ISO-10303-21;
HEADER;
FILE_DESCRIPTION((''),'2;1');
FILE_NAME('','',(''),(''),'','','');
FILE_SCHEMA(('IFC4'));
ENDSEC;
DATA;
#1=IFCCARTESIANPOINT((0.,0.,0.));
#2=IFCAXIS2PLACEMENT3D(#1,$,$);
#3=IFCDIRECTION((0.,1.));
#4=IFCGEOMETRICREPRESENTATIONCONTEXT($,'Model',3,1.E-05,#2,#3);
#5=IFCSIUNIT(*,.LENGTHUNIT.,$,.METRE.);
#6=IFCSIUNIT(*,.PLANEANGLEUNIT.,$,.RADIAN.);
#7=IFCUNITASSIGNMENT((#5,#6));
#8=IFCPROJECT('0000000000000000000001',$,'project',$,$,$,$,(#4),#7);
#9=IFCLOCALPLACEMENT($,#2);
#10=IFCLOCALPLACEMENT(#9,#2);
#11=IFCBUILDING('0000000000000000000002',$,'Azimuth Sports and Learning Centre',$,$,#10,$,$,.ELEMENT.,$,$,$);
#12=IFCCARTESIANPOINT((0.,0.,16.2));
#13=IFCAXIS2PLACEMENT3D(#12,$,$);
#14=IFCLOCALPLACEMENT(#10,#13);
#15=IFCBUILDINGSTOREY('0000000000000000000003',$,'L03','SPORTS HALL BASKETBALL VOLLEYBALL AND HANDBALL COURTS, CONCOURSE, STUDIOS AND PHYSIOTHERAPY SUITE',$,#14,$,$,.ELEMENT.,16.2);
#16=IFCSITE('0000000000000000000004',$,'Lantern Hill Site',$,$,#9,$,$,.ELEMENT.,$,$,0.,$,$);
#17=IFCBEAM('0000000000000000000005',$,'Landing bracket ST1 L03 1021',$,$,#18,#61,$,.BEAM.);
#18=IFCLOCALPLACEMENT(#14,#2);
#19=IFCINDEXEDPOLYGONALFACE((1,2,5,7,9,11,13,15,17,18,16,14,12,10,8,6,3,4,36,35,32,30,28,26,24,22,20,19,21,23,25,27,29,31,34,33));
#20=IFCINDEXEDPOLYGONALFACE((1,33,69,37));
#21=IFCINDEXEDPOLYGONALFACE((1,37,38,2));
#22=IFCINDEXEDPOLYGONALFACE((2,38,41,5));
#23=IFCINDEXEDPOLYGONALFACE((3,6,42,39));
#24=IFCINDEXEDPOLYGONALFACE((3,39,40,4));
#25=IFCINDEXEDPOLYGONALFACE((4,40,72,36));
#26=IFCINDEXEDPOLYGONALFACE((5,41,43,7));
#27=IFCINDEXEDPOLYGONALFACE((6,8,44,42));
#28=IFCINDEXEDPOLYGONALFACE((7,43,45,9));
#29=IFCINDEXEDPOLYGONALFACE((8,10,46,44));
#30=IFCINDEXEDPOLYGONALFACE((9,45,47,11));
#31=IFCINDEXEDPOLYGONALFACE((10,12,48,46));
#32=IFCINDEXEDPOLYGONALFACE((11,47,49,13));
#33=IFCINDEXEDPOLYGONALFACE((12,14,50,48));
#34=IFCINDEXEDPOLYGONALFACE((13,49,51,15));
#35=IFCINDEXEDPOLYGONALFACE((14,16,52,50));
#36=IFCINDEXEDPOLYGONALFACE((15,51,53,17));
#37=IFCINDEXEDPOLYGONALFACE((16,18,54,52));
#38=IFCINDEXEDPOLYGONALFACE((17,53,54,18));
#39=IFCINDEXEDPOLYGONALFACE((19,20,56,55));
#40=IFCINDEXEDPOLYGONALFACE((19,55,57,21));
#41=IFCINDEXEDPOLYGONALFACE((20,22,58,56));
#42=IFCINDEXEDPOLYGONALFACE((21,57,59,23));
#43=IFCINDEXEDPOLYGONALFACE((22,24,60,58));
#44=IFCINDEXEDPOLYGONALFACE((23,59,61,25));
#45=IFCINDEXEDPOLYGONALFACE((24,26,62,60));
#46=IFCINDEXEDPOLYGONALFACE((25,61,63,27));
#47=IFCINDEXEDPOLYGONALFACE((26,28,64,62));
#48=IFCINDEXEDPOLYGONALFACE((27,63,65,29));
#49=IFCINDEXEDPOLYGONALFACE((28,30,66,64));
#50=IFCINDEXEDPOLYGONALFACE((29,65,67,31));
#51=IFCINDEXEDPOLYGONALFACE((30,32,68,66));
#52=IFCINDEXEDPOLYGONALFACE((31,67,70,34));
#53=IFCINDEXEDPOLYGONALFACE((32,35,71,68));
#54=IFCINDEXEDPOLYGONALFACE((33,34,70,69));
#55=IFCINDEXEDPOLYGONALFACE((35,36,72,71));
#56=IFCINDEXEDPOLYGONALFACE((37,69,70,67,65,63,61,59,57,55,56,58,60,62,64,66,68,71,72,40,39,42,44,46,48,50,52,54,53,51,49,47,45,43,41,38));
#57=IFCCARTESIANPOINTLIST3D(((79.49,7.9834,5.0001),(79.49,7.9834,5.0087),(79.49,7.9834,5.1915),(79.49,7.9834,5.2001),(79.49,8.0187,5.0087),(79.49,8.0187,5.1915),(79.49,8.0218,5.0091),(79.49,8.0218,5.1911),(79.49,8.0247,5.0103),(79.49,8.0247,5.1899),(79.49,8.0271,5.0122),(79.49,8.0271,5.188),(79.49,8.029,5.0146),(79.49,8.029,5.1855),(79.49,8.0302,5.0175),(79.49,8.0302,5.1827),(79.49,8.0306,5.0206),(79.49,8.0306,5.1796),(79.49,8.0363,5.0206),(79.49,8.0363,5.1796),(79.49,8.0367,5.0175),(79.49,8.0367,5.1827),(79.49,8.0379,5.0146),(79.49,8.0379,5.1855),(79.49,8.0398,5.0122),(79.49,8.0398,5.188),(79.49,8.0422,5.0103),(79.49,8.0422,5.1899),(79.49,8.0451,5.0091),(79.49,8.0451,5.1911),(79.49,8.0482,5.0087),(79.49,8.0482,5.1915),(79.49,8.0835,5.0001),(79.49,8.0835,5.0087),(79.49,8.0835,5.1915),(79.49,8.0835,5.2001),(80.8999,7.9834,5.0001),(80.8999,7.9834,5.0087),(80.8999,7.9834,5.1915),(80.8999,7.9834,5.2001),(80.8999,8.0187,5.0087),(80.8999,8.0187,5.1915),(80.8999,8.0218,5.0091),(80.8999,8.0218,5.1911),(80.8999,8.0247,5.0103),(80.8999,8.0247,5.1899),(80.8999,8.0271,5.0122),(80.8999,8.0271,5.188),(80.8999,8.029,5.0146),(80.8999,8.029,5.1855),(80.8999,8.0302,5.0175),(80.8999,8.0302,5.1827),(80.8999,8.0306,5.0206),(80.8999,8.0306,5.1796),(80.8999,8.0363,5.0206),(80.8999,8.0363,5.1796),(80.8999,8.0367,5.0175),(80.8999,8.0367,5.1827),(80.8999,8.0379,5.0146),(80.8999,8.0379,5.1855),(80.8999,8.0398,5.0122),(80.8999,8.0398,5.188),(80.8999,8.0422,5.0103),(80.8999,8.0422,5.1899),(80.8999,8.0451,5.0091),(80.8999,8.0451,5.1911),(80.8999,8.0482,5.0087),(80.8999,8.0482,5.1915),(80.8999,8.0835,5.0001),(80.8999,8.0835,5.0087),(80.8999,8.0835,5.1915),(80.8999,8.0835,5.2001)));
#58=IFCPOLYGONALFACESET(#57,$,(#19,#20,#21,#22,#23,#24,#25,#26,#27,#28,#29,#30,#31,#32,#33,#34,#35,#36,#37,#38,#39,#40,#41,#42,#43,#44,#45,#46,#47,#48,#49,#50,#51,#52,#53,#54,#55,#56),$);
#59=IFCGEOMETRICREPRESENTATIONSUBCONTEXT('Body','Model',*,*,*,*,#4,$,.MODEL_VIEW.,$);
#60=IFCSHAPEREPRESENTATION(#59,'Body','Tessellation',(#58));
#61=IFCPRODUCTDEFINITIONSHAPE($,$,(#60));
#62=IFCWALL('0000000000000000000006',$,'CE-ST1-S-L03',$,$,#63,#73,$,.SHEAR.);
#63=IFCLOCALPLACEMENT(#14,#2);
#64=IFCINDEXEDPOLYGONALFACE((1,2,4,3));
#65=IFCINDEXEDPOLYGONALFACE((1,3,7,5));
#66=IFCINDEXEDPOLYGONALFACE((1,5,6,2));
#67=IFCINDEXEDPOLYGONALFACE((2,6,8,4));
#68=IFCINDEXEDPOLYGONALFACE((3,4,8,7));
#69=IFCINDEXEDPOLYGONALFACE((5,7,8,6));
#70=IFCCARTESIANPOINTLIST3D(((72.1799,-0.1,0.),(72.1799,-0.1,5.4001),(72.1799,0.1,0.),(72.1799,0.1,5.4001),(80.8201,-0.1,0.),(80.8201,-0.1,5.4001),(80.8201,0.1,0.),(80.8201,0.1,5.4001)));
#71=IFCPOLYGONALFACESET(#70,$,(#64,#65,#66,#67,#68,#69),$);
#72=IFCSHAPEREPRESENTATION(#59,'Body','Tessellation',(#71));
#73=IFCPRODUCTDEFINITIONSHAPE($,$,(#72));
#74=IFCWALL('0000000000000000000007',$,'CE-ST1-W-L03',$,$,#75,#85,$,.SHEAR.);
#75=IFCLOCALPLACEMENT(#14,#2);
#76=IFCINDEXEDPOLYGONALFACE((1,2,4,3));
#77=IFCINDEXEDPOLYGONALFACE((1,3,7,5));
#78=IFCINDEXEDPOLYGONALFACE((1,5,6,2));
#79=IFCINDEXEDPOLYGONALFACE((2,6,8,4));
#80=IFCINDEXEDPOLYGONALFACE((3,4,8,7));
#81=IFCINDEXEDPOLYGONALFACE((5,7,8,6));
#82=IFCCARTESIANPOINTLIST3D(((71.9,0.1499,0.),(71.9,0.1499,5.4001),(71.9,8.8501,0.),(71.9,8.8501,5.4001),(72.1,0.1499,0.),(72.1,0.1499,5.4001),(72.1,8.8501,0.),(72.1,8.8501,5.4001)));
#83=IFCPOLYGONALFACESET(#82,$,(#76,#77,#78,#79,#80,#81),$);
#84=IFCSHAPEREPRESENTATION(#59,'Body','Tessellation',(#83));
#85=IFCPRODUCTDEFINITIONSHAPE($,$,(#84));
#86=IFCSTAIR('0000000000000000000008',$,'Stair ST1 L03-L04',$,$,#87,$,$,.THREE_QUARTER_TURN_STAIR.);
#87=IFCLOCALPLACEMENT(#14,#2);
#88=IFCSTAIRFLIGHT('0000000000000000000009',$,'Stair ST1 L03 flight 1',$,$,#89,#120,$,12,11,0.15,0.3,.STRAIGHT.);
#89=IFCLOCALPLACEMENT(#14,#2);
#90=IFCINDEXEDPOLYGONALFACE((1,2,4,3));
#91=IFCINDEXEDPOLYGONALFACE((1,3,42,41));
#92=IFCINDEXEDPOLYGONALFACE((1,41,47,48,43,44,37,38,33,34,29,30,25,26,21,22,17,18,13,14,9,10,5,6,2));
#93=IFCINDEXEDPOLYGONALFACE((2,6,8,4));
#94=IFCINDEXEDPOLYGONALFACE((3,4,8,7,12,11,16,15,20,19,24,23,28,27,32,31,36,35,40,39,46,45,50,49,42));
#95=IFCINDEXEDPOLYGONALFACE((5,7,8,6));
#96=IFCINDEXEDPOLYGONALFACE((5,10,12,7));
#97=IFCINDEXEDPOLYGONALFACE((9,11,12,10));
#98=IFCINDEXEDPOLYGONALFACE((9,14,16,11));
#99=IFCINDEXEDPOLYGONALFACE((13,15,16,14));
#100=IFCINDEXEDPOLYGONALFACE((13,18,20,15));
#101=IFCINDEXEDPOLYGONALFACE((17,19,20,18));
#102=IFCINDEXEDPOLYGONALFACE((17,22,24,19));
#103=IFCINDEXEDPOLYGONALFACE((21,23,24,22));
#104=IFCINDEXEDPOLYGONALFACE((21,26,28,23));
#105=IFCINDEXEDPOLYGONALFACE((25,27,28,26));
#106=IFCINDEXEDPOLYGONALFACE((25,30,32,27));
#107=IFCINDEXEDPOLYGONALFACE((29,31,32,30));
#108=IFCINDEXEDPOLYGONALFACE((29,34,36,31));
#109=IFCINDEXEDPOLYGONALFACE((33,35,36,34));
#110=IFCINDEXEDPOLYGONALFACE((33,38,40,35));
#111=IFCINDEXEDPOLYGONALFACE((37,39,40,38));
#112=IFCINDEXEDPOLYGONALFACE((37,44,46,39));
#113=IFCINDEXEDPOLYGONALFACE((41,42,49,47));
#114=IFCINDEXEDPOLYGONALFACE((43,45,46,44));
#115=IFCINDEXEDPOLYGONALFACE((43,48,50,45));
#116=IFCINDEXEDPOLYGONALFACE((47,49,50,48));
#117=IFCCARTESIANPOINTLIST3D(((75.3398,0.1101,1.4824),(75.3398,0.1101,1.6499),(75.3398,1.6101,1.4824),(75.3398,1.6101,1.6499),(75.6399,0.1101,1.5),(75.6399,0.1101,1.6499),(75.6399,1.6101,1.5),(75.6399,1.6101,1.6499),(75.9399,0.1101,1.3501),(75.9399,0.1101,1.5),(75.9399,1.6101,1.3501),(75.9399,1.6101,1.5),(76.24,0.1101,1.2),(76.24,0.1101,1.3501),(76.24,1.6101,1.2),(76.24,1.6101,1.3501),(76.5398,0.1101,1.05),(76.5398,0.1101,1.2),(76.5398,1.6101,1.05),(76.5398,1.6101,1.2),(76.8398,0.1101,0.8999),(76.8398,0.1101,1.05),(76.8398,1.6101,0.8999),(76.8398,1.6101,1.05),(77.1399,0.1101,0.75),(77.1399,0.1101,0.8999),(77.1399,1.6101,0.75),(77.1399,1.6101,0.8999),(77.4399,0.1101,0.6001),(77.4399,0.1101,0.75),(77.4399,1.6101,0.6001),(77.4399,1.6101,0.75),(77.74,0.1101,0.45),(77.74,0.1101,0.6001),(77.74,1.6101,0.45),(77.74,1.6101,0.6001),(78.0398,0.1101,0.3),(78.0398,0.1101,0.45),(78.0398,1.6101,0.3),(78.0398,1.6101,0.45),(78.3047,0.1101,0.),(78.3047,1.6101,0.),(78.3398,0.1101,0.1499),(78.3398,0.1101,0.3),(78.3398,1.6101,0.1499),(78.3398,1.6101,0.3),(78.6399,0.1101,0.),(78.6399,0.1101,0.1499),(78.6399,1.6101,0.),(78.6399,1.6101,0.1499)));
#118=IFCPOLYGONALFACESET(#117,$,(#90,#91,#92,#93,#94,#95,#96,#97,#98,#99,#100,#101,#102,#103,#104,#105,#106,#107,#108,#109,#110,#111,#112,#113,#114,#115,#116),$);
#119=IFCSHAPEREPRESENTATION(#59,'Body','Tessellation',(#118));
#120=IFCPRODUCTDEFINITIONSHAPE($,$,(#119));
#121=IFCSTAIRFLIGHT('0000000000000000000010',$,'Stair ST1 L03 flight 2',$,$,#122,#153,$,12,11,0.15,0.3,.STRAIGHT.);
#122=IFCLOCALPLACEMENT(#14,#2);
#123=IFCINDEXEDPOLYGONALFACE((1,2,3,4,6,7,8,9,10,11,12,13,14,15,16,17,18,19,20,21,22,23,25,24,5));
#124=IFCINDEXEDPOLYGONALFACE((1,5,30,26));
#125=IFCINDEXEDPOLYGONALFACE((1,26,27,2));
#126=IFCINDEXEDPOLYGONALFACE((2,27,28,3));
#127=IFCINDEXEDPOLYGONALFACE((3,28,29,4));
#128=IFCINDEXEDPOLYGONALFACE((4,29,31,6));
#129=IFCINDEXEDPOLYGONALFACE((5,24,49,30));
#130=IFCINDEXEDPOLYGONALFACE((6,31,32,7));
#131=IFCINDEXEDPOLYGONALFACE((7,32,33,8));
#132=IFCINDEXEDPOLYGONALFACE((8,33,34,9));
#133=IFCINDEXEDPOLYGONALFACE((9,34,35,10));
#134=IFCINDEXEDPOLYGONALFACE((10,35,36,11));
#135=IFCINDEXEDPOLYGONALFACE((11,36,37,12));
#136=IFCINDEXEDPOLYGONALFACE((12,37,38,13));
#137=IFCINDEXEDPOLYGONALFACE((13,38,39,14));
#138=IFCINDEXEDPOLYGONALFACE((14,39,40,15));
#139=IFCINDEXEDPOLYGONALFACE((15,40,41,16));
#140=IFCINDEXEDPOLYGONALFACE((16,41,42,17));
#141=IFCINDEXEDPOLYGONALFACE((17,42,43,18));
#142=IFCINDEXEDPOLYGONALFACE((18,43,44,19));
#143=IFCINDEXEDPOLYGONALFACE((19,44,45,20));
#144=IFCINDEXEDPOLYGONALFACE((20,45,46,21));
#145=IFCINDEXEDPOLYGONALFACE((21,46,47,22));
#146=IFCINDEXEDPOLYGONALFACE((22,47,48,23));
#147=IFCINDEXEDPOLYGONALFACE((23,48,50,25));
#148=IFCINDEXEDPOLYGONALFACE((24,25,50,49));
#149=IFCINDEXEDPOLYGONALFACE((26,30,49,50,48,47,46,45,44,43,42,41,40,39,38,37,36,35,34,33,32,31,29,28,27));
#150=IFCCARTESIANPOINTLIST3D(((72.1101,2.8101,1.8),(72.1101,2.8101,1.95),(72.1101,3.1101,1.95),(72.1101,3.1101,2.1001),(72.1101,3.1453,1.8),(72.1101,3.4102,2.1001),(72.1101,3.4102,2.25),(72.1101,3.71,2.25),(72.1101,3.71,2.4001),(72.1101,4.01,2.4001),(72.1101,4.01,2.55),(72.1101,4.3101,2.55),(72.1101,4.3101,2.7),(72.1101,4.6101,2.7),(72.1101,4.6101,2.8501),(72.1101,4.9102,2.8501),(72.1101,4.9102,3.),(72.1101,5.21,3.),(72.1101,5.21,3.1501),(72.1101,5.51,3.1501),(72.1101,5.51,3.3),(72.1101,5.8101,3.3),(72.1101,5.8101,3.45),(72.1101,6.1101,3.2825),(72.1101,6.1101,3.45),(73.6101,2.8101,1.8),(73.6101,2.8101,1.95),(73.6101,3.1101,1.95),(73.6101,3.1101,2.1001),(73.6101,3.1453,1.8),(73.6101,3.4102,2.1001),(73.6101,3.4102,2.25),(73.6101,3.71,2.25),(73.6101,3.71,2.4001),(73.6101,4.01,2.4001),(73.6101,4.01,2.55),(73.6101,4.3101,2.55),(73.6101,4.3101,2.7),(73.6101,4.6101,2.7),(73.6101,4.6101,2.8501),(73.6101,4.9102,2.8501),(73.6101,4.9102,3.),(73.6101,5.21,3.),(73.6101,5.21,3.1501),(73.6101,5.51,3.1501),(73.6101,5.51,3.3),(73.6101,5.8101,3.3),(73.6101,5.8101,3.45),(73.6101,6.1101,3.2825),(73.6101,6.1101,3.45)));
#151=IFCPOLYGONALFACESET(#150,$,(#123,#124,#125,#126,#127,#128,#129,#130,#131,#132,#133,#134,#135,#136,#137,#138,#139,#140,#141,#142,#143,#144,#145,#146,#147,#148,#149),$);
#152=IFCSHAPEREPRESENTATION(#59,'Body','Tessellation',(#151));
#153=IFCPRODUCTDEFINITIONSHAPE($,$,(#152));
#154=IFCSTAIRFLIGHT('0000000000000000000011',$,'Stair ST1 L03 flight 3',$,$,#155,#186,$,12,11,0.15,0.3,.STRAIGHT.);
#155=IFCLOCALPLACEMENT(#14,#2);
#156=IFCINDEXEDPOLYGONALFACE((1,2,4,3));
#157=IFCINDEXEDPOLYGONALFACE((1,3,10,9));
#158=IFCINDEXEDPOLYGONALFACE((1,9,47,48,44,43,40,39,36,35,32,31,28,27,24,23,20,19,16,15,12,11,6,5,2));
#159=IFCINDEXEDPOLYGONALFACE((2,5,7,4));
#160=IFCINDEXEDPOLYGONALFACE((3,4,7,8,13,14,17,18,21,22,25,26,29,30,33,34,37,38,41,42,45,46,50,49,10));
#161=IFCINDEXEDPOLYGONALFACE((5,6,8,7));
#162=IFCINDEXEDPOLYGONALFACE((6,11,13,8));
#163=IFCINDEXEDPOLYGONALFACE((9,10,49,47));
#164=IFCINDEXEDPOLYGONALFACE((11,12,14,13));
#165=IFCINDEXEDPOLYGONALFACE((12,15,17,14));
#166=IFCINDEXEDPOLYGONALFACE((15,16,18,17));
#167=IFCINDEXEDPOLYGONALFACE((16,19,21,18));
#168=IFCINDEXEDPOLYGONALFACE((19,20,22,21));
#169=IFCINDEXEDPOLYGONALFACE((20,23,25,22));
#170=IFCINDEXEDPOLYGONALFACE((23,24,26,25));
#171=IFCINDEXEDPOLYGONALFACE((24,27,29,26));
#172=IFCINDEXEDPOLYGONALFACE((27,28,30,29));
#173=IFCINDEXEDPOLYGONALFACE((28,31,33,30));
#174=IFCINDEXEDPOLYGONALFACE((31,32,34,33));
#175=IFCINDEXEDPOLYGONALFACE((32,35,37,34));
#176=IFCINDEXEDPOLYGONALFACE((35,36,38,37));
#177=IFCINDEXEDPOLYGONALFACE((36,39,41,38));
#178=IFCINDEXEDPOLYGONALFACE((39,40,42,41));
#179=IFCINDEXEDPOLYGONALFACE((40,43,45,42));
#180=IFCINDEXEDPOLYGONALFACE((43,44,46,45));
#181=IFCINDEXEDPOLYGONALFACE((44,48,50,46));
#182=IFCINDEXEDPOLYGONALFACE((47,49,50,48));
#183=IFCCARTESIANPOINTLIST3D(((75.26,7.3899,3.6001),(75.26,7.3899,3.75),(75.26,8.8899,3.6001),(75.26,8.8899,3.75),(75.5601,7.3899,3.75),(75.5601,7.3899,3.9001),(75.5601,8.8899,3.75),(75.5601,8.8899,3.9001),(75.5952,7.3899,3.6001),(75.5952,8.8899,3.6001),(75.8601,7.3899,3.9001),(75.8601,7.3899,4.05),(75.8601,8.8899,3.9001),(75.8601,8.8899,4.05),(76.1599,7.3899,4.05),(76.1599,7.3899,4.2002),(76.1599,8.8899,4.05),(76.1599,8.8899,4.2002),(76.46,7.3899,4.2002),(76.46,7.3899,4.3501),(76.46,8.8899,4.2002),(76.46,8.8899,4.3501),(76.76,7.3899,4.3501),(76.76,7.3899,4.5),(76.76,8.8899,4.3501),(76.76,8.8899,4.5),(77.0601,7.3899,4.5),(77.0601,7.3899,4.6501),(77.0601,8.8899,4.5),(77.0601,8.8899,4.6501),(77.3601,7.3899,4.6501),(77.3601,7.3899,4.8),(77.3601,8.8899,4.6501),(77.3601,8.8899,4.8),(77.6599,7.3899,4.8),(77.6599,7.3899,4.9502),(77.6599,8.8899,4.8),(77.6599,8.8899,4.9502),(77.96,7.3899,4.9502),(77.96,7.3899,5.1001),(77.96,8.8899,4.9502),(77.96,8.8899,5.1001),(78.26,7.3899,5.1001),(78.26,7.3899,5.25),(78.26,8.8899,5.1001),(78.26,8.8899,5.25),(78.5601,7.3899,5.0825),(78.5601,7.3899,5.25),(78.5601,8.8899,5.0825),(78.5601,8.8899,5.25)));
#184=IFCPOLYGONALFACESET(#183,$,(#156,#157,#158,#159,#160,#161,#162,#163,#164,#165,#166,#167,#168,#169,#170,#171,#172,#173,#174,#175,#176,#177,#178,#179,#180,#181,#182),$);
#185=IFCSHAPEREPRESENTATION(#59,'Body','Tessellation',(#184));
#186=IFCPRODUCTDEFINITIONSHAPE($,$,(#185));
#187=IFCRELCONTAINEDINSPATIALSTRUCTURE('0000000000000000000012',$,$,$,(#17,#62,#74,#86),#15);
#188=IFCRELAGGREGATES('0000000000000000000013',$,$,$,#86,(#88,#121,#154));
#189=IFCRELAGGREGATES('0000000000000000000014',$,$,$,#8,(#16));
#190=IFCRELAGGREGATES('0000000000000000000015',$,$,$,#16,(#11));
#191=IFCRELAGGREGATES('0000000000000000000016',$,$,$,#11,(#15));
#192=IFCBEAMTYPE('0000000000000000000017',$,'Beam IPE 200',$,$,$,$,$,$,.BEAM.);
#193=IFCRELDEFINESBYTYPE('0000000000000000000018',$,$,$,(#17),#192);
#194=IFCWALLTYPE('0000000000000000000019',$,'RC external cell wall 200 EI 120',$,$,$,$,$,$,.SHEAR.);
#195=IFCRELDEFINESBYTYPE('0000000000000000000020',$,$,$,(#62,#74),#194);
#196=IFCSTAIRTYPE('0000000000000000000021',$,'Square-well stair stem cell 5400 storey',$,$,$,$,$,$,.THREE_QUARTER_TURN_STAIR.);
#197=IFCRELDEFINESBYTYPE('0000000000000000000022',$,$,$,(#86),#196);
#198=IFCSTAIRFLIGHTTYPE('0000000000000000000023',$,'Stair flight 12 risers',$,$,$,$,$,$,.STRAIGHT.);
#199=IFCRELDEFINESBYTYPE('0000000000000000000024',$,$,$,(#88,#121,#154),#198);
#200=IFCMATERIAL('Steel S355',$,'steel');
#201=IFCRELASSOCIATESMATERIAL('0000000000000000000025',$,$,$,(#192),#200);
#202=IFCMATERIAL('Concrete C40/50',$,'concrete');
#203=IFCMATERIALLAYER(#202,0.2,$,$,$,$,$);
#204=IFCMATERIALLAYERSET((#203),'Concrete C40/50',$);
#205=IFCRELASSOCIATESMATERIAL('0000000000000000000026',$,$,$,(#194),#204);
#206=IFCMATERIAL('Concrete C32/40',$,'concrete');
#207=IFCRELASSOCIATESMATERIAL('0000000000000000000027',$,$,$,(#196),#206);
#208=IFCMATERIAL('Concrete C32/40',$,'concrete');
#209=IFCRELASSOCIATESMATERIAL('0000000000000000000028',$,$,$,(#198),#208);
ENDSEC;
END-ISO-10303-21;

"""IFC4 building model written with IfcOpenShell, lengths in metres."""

from ifc_helpers import new_model, si_unit, direction, frame, frame_2d, origin, origin_2d, place, context, subcontext, project, spatial, polyline, rectangle, i_section, outline, extrude, material, layer, layer_set, material_profile, profile_set, type_object, element, aggregate, save


model = new_model("IFC4")

# Units and contexts
model_context = context("Model", 3, precision=1e-05, world=origin(), true_north=direction((0.0, 1.0)))
body_context = subcontext(model_context, "Body", "Model", "MODEL_VIEW")
ifc_project = project(units=[si_unit("LENGTHUNIT", "METRE"), si_unit("PLANEANGLEUNIT", "RADIAN")], contexts=[model_context])

# Site, building, storey
site_placement = place(None, origin())
site = spatial("IfcSite", under=ifc_project, at=site_placement, Name="Lantern Hill Site", CompositionType="ELEMENT", RefElevation=0.0)
building_placement = place(site_placement, origin())
building = spatial("IfcBuilding", under=site, at=building_placement, Name="Azimuth Sports and Learning Centre", CompositionType="ELEMENT")
storey_placement = place(building_placement, frame((0.0, 0.0, 16.2)))
storey = spatial("IfcBuildingStorey", under=building, at=storey_placement, Name="L03", Description="SPORTS HALL BASKETBALL VOLLEYBALL AND HANDBALL COURTS, CONCOURSE, STUDIOS AND PHYSIOTHERAPY SUITE", CompositionType="ELEMENT", Elevation=16.2)

# Beam
ifc_material_1 = material(Name="Steel S355", Category="steel")
ifc_material_profile_1 = material_profile(ifc_material_1, i_section(OverallWidth=0.1001, OverallDepth=0.2, WebThickness=0.0056, FlangeThickness=0.0085, FilletRadius=0.012, at=origin_2d()), Name="IPE 200")
ifc_profile_set_1 = profile_set([ifc_material_profile_1], Name="Steel S355")
beam_type = type_object("IfcBeamType", Name="Beam IPE 200", PredefinedType="BEAM", material=ifc_profile_set_1)
for number, where, z_axis, x_axis, name in (
    (1, (80.8999, 8.0334, 5.1001), (-1.0, 0.0, 0.0), (0.0, -1.0, 0.0), "Landing bracket ST1 L03 1021"),
):
    element("IfcBeam", number, at=place(storey_placement, frame(where, z_axis=z_axis, x_axis=x_axis)), inside=storey, type_object=beam_type, Name=name, PredefinedType="BEAM", context=body_context, shape_type="SweptSolid", body=[
        extrude(i_section(OverallWidth=0.1001, OverallDepth=0.2, WebThickness=0.0056, FlangeThickness=0.0085, FilletRadius=0.012, at=origin_2d()), origin(), (0.0, 0.0, 1.0), 1.4099),
    ])

# Walls
ifc_material_2 = material(Name="Concrete C40/50", Category="concrete")
ifc_layer_1 = layer(ifc_material_2, 0.2)
ifc_layer_set_1 = layer_set([ifc_layer_1], Name="Concrete C40/50")
wall_type = type_object("IfcWallType", Name="RC external cell wall 200 EI 120", PredefinedType="SHEAR", material=ifc_layer_set_1)
wall_1_placement = place(storey_placement, frame((72.1799, 0.0, 0.0), z_axis=(0.0, 0.0, 1.0), x_axis=(1.0, 0.0, 0.0)))
element("IfcWall", 2, at=wall_1_placement, inside=storey, type_object=wall_type, Name="CE-ST1-S-L03", PredefinedType="SHEAR", context=body_context, shape_type="SweptSolid", body=[
    extrude(rectangle(XDim=8.6401, YDim=0.2, at=frame_2d((4.3201, 0.0))), origin(), (0.0, 0.0, 1.0), 5.4001),
])
wall_2_placement = place(storey_placement, frame((72.0, 0.1499, 0.0), z_axis=(0.0, 0.0, 1.0), x_axis=(0.0, 1.0, 0.0)))
element("IfcWall", 3, at=wall_2_placement, inside=storey, type_object=wall_type, Name="CE-ST1-W-L03", PredefinedType="SHEAR", context=body_context, shape_type="SweptSolid", body=[
    extrude(rectangle(XDim=8.7002, YDim=0.2, at=frame_2d((4.3501, 0.0))), origin(), (0.0, 0.0, 1.0), 5.4001),
])

# Stair, stair flights
ifc_material_3 = material(Name="Concrete C32/40", Category="concrete")
stair_type = type_object("IfcStairType", Name="Square-well stair stem cell 5400 storey", PredefinedType="THREE_QUARTER_TURN_STAIR", material=ifc_material_3)
stair_placement = place(storey_placement, origin())
stair = element("IfcStair", 4, at=stair_placement, inside=storey, type_object=stair_type, Name="Stair ST1 L03-L04", PredefinedType="THREE_QUARTER_TURN_STAIR")
ifc_material_4 = material(Name="Concrete C32/40", Category="concrete")
stair_flight_type = type_object("IfcStairFlightType", Name="Stair flight 12 risers", PredefinedType="STRAIGHT", material=ifc_material_4)
stair_flight_1_placement = place(storey_placement, frame((78.6399, 0.8601, 0.0), z_axis=(0.0, 0.0, 1.0), x_axis=(-1.0, 0.0, 0.0)))
stair_flight_1 = element("IfcStairFlight", 5, at=stair_flight_1_placement, type_object=stair_flight_type, Name="Stair ST1 L03 flight 1", NumberOfRisers=12, NumberOfTreads=11, PredefinedType="STRAIGHT", RiserHeight=0.15, TreadLength=0.3, context=body_context, shape_type="SweptSolid", body=[
    extrude(outline(polyline([(0.0, 0.0), (0.0, 0.1499), (0.3, 0.1499), (0.3, 0.3), (0.6001, 0.3), (0.6001, 0.45), (0.8999, 0.45), (0.8999, 0.6001), (1.2, 0.6001), (1.2, 0.75), (1.5, 0.75), (1.5, 0.8999), (1.8, 0.8999), (1.8, 1.05), (2.1001, 1.05), (2.1001, 1.2), (2.3999, 1.2), (2.3999, 1.3501), (2.7, 1.3501), (2.7, 1.5), (3.0, 1.5), (3.0, 1.6499), (3.3, 1.6499), (3.3, 1.8), (3.3, 1.4824), (0.3352, 0.0), (0.0, 0.0)])), frame((0.0, 0.75, 0.0), z_axis=(0.0, -1.0, 0.0), x_axis=(1.0, 0.0, 0.0)), (0.0, 0.0, 1.0), 1.5),
])
stair_flight_2_placement = place(storey_placement, frame((72.8601, 2.8101, 1.8), z_axis=(0.0, 0.0, 1.0), x_axis=(0.0, 1.0, 0.0)))
stair_flight_2 = element("IfcStairFlight", 6, at=stair_flight_2_placement, type_object=stair_flight_type, Name="Stair ST1 L03 flight 2", NumberOfRisers=12, NumberOfTreads=11, PredefinedType="STRAIGHT", RiserHeight=0.15, TreadLength=0.3, context=body_context, shape_type="SweptSolid", body=[
    extrude(outline(polyline([(0.0, 0.0), (0.0, 0.1499), (0.3, 0.1499), (0.3, 0.3), (0.6001, 0.3), (0.6001, 0.45), (0.8999, 0.45), (0.8999, 0.6001), (1.2, 0.6001), (1.2, 0.75), (1.5, 0.75), (1.5, 0.8999), (1.8, 0.8999), (1.8, 1.05), (2.1001, 1.05), (2.1001, 1.2), (2.3999, 1.2), (2.3999, 1.3501), (2.7, 1.3501), (2.7, 1.5), (3.0, 1.5), (3.0, 1.6499), (3.3, 1.6499), (3.3, 1.8), (3.3, 1.4824), (0.3352, 0.0), (0.0, 0.0)])), frame((0.0, 0.75, 0.0), z_axis=(0.0, -1.0, 0.0), x_axis=(1.0, 0.0, 0.0)), (0.0, 0.0, 1.0), 1.5),
])
stair_flight_3_placement = place(storey_placement, frame((75.26, 8.1399, 3.6001), z_axis=(0.0, 0.0, 1.0), x_axis=(1.0, 0.0, 0.0)))
stair_flight_3 = element("IfcStairFlight", 7, at=stair_flight_3_placement, type_object=stair_flight_type, Name="Stair ST1 L03 flight 3", NumberOfRisers=12, NumberOfTreads=11, PredefinedType="STRAIGHT", RiserHeight=0.15, TreadLength=0.3, context=body_context, shape_type="SweptSolid", body=[
    extrude(outline(polyline([(0.0, 0.0), (0.0, 0.1499), (0.3, 0.1499), (0.3, 0.3), (0.6001, 0.3), (0.6001, 0.45), (0.8999, 0.45), (0.8999, 0.6001), (1.2, 0.6001), (1.2, 0.75), (1.5, 0.75), (1.5, 0.8999), (1.8, 0.8999), (1.8, 1.05), (2.1001, 1.05), (2.1001, 1.2), (2.3999, 1.2), (2.3999, 1.3501), (2.7, 1.3501), (2.7, 1.5), (3.0, 1.5), (3.0, 1.6499), (3.3, 1.6499), (3.3, 1.8), (3.3, 1.4824), (0.3352, 0.0), (0.0, 0.0)])), frame((0.0, 0.75, 0.0), z_axis=(0.0, -1.0, 0.0), x_axis=(1.0, 0.0, 0.0)), (0.0, 0.0, 1.0), 1.5),
])
aggregate(stair, [stair_flight_1, stair_flight_2, stair_flight_3])

save(model, "model.ifc")
